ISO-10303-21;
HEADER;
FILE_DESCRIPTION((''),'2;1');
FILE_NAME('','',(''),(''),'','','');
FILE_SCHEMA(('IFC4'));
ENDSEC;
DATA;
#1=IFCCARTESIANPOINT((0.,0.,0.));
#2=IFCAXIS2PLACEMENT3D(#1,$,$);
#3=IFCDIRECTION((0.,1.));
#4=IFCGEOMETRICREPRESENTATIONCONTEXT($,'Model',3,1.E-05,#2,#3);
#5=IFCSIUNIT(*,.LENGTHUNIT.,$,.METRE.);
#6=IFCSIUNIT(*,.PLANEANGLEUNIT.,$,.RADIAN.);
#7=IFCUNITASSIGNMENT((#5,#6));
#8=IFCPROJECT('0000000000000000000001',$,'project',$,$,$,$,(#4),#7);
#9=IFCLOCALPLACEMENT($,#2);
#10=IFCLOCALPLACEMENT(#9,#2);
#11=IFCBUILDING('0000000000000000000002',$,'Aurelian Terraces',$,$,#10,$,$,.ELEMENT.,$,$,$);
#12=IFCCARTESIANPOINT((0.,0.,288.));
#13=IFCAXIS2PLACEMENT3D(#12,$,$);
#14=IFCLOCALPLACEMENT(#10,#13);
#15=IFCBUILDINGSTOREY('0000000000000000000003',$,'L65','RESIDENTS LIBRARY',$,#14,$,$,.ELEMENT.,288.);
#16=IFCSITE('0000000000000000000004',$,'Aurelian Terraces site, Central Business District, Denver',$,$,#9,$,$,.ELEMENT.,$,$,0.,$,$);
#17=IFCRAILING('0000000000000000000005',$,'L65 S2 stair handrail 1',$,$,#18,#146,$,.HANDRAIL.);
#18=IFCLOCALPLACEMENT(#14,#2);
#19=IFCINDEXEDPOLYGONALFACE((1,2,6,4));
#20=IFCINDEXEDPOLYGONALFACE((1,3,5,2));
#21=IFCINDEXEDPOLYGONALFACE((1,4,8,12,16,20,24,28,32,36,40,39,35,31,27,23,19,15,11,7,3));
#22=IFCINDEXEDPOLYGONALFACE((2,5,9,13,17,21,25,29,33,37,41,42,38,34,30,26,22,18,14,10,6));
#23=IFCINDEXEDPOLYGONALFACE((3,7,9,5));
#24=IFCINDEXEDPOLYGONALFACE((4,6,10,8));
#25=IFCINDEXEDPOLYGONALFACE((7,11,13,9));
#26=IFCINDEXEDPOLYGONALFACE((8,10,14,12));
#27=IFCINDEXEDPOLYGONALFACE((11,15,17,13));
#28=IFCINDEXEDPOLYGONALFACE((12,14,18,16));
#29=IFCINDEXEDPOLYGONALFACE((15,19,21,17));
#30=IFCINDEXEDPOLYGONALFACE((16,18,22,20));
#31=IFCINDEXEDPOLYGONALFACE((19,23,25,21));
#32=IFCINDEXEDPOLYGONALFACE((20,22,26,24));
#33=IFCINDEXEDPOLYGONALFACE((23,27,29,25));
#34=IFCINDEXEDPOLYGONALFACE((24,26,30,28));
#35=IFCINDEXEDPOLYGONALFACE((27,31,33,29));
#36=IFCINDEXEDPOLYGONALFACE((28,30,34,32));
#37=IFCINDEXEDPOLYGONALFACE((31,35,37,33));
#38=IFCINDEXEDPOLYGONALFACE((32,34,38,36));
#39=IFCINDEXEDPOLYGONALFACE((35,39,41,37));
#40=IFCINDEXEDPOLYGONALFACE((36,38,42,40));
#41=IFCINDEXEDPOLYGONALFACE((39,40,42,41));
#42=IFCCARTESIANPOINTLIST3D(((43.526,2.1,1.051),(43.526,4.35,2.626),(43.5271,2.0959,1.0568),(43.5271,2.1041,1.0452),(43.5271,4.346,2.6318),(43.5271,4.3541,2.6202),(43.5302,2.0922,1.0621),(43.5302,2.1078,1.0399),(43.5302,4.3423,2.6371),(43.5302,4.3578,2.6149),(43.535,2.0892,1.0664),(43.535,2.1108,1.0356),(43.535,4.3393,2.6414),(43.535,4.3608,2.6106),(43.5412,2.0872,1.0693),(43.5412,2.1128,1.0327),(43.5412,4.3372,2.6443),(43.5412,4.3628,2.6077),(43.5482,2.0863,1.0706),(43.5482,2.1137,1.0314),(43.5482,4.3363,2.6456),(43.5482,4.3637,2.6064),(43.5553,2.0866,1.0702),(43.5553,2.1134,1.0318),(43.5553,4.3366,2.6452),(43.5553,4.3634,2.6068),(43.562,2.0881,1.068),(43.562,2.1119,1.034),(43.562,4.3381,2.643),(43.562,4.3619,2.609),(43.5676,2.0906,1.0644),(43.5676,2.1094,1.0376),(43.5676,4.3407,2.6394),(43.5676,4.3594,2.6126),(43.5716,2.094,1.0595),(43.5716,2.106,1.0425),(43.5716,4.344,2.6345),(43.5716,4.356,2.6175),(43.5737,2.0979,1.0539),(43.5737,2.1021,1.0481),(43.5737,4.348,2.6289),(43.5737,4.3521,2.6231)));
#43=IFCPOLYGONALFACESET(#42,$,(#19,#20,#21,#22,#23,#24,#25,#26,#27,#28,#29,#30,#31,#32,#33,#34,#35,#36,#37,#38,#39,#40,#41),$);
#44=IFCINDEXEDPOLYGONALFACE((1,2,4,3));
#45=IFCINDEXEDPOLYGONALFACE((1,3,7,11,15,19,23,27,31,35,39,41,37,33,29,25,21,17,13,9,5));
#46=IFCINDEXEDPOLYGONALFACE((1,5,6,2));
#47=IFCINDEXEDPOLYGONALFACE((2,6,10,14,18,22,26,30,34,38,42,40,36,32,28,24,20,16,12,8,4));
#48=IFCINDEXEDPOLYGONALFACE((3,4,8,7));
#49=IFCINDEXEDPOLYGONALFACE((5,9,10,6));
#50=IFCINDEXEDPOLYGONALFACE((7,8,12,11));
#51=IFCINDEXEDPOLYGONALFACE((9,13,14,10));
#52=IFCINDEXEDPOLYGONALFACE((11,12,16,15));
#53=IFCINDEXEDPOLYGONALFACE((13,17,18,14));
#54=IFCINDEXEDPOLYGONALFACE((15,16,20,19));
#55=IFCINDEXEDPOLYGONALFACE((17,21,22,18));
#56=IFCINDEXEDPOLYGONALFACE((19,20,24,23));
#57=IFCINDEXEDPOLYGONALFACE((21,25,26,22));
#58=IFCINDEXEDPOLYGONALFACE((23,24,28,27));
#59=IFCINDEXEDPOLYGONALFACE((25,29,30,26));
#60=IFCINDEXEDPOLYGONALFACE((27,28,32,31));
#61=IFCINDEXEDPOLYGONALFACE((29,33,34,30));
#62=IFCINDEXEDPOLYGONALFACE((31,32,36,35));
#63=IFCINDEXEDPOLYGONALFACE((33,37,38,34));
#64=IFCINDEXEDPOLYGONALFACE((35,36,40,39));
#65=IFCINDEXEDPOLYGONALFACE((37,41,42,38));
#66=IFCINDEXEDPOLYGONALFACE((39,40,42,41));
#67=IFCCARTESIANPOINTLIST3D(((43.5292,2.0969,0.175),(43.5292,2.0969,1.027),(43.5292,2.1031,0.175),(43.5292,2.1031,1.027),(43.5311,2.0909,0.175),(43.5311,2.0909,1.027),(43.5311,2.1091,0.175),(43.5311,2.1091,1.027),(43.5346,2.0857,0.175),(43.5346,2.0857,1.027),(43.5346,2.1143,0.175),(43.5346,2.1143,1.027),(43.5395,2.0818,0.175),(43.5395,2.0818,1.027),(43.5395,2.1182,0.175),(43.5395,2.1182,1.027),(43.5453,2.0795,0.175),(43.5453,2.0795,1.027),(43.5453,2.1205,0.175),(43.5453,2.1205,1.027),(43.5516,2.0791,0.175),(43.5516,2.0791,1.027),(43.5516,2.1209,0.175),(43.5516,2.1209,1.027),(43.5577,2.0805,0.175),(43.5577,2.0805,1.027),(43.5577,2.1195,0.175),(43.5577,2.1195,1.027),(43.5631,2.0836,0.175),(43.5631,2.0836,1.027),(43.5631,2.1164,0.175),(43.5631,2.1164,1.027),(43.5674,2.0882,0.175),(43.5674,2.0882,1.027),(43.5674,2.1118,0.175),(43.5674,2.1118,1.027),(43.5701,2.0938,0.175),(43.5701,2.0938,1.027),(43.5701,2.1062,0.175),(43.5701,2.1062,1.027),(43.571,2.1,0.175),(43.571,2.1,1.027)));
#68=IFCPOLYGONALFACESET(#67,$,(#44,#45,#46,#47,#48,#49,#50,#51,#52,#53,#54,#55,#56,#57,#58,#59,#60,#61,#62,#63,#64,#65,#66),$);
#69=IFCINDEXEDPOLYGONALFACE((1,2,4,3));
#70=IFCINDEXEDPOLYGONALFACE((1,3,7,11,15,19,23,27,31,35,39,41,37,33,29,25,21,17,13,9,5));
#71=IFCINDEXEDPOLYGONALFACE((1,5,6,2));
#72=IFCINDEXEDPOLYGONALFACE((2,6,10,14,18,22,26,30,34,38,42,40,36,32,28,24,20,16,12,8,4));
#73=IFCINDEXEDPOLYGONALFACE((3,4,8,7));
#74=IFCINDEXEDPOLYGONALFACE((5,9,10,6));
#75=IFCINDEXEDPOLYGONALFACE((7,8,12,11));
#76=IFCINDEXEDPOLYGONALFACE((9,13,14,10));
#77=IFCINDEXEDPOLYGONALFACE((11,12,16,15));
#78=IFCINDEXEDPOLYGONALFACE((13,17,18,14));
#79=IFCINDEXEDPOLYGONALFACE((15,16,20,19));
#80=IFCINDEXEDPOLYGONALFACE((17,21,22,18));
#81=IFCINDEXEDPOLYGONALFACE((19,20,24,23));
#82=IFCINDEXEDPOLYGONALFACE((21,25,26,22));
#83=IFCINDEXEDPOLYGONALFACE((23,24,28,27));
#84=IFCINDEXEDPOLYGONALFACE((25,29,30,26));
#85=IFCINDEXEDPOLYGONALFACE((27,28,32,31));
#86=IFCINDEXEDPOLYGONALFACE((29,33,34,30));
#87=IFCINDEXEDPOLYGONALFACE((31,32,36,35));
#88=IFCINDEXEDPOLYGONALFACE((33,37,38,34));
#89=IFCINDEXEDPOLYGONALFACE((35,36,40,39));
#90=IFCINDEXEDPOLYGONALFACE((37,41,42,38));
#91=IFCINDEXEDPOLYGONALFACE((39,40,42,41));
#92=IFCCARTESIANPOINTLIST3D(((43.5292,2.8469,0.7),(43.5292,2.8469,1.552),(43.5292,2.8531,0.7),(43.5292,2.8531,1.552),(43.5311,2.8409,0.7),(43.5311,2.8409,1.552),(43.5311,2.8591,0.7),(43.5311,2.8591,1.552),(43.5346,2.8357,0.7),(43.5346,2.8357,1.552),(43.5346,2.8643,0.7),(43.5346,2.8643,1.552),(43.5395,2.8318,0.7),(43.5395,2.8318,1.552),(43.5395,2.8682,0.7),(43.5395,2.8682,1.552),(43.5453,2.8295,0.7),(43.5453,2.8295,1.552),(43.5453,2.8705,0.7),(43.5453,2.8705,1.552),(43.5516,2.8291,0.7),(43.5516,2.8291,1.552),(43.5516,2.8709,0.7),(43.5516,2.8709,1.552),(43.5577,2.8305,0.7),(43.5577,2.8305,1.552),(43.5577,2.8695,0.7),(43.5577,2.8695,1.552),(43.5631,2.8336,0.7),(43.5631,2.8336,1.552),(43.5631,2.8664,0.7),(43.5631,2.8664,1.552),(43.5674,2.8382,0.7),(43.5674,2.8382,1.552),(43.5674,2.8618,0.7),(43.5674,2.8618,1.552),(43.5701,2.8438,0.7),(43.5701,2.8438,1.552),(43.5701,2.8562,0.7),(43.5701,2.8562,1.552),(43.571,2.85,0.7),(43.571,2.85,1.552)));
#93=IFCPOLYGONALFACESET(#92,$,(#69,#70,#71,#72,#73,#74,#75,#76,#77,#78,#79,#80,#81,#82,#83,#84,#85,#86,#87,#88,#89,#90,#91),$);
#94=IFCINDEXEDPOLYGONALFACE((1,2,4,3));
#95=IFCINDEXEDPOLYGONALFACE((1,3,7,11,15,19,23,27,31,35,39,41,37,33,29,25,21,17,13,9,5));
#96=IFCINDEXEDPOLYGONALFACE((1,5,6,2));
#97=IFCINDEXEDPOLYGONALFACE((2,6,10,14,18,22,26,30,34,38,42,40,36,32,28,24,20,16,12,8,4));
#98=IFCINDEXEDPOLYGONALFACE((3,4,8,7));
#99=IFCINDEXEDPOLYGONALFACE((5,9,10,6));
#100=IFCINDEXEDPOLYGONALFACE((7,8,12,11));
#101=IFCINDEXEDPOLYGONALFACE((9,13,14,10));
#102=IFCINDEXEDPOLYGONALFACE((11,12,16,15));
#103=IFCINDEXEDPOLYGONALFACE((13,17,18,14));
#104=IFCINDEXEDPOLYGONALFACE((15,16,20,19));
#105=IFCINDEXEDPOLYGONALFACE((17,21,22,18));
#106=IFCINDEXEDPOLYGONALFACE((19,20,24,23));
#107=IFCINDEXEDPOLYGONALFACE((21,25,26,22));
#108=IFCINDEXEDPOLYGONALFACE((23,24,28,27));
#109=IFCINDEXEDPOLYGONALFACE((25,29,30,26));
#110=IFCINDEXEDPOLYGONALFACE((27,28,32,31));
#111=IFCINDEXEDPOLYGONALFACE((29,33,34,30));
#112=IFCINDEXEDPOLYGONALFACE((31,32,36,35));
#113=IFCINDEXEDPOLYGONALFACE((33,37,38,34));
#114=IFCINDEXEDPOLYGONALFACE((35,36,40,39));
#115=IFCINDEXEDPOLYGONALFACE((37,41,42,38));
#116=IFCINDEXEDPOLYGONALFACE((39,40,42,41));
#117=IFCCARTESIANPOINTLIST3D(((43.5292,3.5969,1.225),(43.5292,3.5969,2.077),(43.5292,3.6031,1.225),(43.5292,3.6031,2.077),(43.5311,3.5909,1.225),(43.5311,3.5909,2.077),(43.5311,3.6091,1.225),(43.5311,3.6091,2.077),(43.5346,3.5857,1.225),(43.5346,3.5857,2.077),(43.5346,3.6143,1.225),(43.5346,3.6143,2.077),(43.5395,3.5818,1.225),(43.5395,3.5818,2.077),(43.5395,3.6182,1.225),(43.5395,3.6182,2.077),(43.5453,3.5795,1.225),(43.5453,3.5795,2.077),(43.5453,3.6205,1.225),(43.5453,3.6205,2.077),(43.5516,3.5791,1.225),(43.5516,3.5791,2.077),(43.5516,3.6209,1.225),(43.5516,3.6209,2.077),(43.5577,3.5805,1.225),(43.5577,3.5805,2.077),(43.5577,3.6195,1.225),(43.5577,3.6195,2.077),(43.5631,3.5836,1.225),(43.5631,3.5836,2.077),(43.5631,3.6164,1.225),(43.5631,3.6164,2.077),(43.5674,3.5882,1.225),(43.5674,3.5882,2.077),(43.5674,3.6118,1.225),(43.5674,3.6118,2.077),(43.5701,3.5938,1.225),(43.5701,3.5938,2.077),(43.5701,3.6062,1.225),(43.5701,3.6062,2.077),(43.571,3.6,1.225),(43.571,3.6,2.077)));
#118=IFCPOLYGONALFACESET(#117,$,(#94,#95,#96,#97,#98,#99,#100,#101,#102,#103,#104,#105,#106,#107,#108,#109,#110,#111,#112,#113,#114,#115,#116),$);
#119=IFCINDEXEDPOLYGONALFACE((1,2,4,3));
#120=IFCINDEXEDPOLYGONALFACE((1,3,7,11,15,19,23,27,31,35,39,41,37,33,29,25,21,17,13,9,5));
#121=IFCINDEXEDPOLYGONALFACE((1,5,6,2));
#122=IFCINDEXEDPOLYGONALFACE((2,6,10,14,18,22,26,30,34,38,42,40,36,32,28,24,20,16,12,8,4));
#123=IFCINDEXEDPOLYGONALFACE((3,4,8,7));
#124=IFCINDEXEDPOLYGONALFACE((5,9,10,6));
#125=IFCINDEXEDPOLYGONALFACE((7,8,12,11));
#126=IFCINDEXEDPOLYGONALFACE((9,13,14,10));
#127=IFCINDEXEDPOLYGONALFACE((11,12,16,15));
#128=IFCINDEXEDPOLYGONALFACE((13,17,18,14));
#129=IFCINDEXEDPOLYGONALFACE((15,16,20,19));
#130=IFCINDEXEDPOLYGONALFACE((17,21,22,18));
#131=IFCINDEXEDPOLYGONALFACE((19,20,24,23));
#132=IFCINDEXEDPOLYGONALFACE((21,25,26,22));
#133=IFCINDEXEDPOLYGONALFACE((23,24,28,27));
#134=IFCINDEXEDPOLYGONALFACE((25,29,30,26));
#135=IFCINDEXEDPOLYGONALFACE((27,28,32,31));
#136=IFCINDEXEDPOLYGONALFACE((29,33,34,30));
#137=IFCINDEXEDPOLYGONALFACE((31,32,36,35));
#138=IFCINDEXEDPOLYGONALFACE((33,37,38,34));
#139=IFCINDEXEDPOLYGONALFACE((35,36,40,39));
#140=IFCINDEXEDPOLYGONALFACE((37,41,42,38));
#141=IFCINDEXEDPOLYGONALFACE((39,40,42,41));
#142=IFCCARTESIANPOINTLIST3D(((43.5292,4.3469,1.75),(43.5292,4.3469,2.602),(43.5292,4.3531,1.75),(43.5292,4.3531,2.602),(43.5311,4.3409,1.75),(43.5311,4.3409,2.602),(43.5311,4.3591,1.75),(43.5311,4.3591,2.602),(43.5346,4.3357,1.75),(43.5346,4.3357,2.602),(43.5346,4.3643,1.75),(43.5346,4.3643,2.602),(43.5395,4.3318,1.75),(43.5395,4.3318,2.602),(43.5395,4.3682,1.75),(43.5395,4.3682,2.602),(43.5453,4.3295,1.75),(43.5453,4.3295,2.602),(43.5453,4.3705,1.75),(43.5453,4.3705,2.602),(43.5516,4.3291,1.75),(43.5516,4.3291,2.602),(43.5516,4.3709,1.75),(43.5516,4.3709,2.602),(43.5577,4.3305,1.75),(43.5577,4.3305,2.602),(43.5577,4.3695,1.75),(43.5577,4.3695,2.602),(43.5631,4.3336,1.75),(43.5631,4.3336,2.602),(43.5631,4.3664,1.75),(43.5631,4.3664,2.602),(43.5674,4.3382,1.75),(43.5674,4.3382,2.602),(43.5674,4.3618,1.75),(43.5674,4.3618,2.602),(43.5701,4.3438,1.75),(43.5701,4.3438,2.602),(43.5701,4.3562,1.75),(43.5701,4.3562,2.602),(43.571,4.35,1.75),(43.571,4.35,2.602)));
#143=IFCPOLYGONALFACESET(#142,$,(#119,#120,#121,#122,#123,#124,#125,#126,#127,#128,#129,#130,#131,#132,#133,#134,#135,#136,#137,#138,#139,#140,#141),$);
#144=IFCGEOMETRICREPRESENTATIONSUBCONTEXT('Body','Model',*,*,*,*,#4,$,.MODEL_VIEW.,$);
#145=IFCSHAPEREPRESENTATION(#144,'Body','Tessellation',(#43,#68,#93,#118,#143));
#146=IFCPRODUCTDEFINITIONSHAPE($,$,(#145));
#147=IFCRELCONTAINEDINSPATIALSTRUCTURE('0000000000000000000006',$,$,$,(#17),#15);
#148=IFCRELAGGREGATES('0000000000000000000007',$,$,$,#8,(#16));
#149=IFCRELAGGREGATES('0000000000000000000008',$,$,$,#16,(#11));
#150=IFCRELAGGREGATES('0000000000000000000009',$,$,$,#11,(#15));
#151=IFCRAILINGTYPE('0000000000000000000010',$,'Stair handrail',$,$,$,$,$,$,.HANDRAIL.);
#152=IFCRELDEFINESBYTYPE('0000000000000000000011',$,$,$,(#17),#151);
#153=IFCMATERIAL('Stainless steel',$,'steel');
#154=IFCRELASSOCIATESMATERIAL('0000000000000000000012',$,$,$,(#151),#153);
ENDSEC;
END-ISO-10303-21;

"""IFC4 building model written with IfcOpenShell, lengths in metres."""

from ifc_helpers import new_model, si_unit, direction, frame, origin, origin_2d, place, context, subcontext, project, spatial, circle, extrude, source, transform, mapped, material, type_object, element, save


model = new_model("IFC4")

# Units and contexts
model_context = context("Model", 3, precision=1e-05, world=origin(), true_north=direction((0.0, 1.0)))
body_context = subcontext(model_context, "Body", "Model", "MODEL_VIEW")
ifc_project = project(units=[si_unit("LENGTHUNIT", "METRE"), si_unit("PLANEANGLEUNIT", "RADIAN")], contexts=[model_context])

# Site, building, storey
site_placement = place(None, origin())
site = spatial("IfcSite", under=ifc_project, at=site_placement, Name="Aurelian Terraces site, Central Business District, Denver", CompositionType="ELEMENT", RefElevation=0.0)
building_placement = place(site_placement, origin())
building = spatial("IfcBuilding", under=site, at=building_placement, Name="Aurelian Terraces", CompositionType="ELEMENT")
storey_placement = place(building_placement, frame((0.0, 0.0, 288.0)))
storey = spatial("IfcBuildingStorey", under=building, at=storey_placement, Name="L65", Description="RESIDENTS LIBRARY", CompositionType="ELEMENT", Elevation=288.0)

# Railing
ifc_material_1 = material(Name="Stainless steel", Category="steel")
railing_type_1 = type_object("IfcRailingType", Name="Stair handrail", PredefinedType="HANDRAIL", material=ifc_material_1)
shared_shape_1 = source(origin(), body_context, "Body", "SweptSolid", [
    extrude(circle(Radius=0.024, at=origin_2d()), frame((0.0, 0.0, 0.876), z_axis=(0.0, 0.819232, 0.573462), x_axis=(-1.0, 0.0, 0.0)), (0.0, 0.0, 1.0), 2.7465),
    extrude(circle(Radius=0.021, at=origin_2d()), origin(), (0.0, 0.0, 1.0), 0.852),
    extrude(circle(Radius=0.021, at=origin_2d()), frame((0.0, 0.75, 0.525)), (0.0, 0.0, 1.0), 0.852),
    extrude(circle(Radius=0.021, at=origin_2d()), frame((0.0, 1.5, 1.05)), (0.0, 0.0, 1.0), 0.852),
    extrude(circle(Radius=0.021, at=origin_2d()), frame((0.0, 2.25, 1.575)), (0.0, 0.0, 1.0), 0.852),
])
railing_1_placement = place(storey_placement, frame((43.55, 2.1, 0.175)))
element("IfcRailing", 1, at=railing_1_placement, inside=storey, type_object=railing_type_1, Name="L65 S2 stair handrail 1", PredefinedType="HANDRAIL", context=body_context, shape_type="MappedRepresentation", body=[
    mapped(shared_shape_1, transform((0.0, 0.0, 0.0), scale=1.0)),
])

save(model, "model.ifc")
